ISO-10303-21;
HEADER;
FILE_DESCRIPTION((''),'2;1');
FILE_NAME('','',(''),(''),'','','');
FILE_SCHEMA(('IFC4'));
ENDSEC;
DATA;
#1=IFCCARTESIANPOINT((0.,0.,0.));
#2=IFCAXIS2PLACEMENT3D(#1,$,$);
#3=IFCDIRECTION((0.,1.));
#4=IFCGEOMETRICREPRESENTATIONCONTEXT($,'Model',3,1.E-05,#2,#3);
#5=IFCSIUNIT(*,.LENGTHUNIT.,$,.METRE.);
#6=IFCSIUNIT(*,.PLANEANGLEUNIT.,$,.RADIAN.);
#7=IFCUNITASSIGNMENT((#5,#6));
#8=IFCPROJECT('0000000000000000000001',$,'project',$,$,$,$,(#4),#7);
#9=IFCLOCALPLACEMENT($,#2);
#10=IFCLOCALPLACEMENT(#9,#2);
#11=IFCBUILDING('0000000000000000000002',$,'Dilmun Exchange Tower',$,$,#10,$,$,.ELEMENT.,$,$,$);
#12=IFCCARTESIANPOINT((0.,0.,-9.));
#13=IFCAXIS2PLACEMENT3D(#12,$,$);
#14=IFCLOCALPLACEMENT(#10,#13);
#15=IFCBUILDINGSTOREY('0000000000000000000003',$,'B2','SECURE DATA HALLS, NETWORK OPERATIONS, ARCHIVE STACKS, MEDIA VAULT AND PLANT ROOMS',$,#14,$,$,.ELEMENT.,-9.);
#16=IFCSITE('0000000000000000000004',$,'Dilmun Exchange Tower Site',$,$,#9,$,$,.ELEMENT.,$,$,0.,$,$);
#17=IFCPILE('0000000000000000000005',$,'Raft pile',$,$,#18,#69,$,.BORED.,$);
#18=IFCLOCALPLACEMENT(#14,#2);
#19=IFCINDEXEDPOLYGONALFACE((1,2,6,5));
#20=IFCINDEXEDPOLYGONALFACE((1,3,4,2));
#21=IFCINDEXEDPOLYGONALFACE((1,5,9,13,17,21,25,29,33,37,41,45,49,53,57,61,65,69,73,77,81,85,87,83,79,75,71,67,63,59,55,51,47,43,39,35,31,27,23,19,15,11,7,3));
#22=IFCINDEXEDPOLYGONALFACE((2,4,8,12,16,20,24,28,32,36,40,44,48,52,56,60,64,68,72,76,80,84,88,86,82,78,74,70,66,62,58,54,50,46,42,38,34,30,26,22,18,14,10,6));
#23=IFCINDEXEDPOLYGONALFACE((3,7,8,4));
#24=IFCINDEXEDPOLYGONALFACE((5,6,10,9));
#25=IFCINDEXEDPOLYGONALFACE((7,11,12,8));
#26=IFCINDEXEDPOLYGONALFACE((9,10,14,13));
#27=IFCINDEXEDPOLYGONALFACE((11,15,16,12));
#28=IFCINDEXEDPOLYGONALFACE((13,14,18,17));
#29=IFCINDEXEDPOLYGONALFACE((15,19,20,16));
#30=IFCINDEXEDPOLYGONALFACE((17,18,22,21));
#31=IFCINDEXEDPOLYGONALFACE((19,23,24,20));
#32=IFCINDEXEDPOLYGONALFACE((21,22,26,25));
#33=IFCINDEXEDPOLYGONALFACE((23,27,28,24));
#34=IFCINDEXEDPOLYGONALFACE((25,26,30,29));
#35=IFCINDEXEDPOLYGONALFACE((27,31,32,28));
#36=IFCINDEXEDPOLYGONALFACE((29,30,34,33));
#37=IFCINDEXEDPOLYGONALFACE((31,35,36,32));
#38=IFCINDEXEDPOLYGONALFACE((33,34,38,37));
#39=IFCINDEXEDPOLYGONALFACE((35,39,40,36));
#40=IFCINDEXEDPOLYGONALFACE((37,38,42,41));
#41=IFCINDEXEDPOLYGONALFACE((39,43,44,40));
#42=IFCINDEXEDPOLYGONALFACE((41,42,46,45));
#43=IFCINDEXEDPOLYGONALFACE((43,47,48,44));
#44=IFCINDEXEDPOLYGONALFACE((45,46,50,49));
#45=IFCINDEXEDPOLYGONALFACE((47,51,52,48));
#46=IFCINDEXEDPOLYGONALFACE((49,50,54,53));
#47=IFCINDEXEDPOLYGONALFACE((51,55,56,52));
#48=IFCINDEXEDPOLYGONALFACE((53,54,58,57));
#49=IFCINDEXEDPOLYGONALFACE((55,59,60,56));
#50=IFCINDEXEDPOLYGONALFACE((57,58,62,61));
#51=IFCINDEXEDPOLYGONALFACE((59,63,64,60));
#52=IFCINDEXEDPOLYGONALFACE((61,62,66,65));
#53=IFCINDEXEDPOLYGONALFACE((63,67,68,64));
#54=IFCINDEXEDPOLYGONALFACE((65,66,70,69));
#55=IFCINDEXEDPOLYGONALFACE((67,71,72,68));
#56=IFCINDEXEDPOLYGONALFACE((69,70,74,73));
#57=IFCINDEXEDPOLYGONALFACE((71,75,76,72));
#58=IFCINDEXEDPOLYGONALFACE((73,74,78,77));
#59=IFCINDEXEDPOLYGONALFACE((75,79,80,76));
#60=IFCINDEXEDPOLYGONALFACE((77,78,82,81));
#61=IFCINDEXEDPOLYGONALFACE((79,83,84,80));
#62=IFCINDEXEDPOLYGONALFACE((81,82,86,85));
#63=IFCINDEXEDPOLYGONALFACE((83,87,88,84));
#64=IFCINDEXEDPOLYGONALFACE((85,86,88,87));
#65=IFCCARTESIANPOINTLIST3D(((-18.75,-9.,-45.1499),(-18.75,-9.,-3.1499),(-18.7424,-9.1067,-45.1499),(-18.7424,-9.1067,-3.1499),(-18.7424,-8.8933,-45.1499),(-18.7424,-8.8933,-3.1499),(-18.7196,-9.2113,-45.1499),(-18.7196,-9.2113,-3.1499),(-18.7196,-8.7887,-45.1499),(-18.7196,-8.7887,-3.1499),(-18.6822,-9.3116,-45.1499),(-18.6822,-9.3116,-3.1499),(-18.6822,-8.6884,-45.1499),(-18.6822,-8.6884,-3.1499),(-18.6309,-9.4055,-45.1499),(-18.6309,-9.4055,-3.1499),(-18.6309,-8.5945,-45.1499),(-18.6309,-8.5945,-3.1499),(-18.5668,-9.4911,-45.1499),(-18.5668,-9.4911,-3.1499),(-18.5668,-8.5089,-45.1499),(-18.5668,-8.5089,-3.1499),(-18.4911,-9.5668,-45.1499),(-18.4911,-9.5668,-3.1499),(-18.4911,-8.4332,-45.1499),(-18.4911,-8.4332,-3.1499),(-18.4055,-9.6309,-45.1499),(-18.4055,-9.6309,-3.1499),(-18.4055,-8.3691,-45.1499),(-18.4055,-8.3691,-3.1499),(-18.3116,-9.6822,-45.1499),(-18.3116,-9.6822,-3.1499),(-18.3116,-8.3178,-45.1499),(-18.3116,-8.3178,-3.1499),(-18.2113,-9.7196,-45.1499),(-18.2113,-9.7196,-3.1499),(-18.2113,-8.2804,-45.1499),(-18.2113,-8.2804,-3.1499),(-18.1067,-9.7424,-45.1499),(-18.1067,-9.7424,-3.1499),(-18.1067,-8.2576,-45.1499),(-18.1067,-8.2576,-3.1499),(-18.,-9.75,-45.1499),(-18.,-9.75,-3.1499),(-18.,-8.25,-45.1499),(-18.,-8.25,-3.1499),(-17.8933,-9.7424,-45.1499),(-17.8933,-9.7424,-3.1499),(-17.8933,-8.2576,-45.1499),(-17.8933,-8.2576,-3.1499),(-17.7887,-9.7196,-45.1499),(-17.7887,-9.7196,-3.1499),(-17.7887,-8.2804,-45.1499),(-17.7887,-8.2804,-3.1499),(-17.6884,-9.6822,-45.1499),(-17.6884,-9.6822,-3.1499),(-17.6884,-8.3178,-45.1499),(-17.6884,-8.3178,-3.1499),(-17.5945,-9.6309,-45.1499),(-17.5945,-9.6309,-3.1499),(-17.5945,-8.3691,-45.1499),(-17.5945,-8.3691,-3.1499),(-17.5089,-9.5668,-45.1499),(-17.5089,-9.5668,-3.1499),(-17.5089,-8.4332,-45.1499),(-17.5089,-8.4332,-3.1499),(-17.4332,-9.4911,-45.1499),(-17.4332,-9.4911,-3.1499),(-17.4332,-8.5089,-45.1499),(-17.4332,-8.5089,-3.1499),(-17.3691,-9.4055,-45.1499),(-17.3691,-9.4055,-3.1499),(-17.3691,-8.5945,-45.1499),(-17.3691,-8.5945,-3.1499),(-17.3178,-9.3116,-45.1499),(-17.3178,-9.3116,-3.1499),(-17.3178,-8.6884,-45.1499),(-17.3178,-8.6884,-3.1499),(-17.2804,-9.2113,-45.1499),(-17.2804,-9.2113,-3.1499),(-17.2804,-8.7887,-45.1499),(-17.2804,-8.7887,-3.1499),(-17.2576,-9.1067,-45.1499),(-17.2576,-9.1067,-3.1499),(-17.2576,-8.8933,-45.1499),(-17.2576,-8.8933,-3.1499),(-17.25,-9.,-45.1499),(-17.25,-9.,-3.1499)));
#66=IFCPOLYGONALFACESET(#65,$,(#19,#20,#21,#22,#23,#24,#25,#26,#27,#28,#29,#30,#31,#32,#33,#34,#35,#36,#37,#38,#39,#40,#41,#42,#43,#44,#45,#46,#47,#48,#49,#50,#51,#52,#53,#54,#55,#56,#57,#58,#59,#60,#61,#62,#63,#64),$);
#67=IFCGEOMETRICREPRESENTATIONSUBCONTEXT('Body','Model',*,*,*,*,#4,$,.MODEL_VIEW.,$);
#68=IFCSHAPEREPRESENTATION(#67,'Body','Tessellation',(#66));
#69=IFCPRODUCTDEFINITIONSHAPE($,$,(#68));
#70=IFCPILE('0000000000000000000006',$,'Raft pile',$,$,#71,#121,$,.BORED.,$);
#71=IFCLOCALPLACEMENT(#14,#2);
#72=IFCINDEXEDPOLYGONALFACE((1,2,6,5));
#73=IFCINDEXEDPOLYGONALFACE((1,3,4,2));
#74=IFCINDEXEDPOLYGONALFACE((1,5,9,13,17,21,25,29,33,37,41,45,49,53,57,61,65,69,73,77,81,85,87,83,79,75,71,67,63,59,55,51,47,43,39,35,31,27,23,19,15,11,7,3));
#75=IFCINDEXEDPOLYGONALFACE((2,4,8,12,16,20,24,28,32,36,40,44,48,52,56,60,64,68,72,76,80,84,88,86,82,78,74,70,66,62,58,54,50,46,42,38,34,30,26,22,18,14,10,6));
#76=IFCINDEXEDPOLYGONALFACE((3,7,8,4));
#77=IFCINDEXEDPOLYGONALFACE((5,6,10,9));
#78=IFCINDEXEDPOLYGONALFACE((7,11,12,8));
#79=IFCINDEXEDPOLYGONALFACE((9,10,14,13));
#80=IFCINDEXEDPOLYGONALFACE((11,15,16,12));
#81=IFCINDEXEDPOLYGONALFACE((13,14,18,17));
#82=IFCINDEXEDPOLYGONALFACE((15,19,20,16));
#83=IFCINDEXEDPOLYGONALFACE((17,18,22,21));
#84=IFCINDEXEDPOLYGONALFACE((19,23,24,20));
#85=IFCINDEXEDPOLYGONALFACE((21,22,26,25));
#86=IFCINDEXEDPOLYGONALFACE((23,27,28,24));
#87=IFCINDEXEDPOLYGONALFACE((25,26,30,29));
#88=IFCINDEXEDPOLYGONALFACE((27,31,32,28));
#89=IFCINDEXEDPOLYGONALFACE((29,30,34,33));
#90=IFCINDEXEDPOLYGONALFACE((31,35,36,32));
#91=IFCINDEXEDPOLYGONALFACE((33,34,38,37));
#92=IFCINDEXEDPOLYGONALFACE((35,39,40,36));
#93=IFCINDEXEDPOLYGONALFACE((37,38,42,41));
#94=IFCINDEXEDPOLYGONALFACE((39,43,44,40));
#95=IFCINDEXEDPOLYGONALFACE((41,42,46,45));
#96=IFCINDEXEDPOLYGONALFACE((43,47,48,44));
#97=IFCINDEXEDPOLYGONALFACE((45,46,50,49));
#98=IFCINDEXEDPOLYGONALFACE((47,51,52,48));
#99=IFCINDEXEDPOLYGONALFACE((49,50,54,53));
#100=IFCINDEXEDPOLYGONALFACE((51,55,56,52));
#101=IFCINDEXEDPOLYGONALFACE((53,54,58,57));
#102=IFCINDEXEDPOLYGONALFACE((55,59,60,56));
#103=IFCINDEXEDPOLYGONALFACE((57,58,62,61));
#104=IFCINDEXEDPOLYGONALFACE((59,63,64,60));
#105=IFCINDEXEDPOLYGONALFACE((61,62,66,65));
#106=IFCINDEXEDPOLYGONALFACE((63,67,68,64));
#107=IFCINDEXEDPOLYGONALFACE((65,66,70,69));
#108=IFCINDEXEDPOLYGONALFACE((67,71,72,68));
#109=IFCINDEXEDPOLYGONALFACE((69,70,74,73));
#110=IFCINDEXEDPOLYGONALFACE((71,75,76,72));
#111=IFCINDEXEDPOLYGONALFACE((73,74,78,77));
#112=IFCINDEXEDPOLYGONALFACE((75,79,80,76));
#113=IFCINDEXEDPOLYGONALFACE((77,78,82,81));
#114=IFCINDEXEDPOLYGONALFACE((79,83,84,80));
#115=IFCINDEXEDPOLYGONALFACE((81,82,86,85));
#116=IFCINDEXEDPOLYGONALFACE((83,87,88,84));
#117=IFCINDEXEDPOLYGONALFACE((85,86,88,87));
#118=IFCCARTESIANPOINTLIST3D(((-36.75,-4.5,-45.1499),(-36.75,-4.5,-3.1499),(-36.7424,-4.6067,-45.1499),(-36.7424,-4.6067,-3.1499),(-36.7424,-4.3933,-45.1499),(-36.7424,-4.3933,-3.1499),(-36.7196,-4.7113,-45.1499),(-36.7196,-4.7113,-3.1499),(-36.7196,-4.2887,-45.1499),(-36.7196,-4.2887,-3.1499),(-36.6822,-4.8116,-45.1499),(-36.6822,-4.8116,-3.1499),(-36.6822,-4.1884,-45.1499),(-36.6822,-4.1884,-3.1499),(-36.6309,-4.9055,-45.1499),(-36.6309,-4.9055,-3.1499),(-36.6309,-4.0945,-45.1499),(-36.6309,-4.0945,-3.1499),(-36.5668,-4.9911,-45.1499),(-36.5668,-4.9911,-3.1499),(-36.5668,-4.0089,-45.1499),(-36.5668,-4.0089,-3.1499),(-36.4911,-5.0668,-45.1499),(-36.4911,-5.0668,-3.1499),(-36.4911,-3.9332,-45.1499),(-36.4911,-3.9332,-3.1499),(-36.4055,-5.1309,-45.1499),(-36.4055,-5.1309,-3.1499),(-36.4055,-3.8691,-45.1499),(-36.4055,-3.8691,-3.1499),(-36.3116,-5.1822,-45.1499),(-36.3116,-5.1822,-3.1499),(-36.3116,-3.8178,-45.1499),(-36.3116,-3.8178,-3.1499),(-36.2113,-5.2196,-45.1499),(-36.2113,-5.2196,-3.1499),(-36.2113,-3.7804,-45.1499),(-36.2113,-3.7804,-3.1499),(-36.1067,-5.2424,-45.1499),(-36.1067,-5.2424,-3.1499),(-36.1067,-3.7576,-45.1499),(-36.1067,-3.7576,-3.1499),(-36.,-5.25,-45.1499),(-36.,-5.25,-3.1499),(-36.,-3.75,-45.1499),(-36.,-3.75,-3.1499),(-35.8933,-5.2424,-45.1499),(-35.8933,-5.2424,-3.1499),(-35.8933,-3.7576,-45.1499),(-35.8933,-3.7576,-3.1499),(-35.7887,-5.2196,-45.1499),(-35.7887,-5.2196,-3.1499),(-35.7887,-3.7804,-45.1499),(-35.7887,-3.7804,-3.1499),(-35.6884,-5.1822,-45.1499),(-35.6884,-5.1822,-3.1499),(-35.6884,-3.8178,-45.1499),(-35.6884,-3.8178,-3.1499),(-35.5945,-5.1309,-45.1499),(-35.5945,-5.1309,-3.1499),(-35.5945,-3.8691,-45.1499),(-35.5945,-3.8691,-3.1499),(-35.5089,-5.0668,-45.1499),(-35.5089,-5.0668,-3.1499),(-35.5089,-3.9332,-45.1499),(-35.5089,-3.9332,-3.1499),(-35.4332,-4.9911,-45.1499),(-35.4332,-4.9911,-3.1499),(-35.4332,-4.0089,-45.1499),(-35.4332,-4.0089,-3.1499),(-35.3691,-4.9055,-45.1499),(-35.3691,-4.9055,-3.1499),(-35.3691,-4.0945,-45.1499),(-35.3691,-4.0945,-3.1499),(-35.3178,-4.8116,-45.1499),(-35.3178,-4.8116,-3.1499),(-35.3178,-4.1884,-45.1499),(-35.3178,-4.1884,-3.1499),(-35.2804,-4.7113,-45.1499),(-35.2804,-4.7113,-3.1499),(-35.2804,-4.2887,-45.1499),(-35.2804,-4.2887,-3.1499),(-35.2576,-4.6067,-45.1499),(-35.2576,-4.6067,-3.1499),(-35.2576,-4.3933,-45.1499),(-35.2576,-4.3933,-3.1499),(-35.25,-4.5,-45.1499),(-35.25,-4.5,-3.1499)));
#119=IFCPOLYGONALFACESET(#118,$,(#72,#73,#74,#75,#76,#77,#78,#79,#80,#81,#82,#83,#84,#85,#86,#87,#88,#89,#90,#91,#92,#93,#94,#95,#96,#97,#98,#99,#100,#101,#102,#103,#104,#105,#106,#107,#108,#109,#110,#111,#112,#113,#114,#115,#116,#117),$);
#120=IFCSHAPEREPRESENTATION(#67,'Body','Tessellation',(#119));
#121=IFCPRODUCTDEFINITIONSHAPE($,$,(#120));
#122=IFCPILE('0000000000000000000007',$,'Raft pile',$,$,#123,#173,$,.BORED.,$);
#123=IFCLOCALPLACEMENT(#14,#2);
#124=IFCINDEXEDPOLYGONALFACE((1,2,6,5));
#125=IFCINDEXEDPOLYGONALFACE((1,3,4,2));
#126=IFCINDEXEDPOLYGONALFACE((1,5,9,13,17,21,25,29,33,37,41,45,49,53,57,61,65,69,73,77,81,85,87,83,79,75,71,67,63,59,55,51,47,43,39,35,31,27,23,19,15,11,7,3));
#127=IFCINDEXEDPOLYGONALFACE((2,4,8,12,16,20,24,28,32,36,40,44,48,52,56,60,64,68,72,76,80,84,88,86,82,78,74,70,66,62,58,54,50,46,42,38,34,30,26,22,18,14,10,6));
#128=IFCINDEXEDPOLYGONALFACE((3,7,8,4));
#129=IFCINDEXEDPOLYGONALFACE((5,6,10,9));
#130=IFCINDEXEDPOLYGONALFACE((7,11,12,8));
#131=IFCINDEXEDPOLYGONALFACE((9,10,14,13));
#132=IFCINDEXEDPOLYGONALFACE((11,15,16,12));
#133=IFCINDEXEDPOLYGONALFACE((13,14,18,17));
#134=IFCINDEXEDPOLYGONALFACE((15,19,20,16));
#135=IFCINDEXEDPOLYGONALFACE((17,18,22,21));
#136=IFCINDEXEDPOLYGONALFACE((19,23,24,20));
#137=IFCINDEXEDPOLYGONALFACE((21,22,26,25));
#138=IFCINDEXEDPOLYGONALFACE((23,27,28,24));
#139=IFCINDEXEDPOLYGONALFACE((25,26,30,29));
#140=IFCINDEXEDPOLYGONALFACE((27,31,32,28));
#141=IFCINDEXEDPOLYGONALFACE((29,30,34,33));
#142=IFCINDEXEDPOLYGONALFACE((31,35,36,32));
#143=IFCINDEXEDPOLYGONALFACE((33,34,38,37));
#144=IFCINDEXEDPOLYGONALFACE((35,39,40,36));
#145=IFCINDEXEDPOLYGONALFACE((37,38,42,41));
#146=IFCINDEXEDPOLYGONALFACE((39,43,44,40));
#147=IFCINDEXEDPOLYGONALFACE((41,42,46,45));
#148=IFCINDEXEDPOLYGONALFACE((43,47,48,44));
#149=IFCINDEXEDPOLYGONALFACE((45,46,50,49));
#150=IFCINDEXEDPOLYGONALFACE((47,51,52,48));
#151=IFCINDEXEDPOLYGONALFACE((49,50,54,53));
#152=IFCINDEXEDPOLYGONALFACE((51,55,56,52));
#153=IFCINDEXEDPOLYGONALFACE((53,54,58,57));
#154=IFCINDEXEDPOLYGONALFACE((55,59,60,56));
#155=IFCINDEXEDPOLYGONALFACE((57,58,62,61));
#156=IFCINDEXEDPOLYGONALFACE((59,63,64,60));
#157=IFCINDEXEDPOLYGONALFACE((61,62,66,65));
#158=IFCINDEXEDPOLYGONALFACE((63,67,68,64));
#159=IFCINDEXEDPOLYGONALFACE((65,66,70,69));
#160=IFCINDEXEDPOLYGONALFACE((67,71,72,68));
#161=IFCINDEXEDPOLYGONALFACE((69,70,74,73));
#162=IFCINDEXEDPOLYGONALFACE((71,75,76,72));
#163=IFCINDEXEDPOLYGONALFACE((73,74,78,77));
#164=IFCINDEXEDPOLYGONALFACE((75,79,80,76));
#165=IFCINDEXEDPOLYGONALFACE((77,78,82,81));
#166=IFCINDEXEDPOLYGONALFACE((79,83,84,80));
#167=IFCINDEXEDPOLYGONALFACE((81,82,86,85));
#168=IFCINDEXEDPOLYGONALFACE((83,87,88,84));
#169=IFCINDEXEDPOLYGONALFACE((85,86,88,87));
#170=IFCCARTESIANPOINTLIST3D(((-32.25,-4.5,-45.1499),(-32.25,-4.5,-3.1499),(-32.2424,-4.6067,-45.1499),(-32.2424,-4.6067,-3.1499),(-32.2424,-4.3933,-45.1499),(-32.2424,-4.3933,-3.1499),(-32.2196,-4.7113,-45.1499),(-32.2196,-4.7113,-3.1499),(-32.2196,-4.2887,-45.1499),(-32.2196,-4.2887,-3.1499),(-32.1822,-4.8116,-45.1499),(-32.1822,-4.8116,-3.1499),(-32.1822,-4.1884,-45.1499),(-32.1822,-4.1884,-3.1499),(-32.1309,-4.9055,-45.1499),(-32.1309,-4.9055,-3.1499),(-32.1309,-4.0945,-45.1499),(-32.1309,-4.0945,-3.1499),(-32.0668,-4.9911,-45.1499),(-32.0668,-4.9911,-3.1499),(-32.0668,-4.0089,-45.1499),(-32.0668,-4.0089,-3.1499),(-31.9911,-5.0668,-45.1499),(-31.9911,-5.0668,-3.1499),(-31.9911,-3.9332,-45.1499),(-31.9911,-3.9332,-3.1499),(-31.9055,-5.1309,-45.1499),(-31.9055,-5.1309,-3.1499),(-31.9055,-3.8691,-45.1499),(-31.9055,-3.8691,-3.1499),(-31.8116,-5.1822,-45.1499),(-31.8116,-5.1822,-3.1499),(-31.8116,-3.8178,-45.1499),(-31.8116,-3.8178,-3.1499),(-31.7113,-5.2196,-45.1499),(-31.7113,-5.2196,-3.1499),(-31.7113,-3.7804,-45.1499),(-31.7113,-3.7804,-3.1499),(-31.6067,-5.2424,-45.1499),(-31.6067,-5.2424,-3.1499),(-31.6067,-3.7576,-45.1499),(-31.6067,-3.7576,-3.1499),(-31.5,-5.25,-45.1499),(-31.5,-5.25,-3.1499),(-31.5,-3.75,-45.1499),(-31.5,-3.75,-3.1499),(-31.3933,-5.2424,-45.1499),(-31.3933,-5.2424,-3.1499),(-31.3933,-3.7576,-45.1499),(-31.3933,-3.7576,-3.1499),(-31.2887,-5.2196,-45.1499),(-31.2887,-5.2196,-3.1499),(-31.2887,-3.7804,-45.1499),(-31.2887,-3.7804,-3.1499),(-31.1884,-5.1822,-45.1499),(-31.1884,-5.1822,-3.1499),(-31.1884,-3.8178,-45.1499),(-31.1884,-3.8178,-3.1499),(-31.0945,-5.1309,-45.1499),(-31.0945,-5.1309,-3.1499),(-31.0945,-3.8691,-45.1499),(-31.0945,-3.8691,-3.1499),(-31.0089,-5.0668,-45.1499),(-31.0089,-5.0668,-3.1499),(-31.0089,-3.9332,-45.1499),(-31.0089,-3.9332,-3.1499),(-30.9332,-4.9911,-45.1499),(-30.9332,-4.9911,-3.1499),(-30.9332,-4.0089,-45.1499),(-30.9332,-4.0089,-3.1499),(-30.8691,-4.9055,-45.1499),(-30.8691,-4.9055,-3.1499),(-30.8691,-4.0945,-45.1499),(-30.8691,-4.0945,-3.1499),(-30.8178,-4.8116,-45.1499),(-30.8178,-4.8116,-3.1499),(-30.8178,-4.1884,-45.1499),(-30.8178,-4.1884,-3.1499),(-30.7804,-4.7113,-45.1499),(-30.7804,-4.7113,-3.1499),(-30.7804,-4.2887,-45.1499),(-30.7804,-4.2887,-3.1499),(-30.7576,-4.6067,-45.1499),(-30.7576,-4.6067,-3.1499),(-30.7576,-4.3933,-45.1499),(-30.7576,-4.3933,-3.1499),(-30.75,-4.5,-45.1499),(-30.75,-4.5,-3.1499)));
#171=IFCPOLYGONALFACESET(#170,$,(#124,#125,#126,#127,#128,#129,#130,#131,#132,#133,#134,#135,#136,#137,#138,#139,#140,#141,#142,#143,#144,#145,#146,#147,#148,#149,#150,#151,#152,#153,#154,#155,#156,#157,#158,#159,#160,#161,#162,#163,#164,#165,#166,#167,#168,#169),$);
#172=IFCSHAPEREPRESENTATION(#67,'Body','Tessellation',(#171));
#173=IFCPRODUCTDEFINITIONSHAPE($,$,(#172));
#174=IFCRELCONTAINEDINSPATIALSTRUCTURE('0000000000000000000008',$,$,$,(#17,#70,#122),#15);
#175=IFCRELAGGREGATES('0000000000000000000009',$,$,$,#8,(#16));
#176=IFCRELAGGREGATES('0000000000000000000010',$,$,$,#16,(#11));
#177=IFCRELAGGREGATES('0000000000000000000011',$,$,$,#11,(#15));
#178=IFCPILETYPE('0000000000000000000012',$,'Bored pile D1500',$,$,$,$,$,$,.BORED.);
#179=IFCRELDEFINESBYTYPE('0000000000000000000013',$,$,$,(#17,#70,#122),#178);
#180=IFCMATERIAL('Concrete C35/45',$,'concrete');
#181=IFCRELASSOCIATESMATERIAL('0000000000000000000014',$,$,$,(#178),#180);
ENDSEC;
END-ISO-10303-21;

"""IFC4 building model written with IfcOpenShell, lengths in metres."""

from ifc_helpers import new_model, si_unit, direction, frame, origin, origin_2d, place, context, subcontext, project, spatial, circle, extrude, material, material_profile, profile_set, type_object, element, save


model = new_model("IFC4")

# Units and contexts
model_context = context("Model", 3, precision=1e-05, world=origin(), true_north=direction((0.0, 1.0)))
body_context = subcontext(model_context, "Body", "Model", "MODEL_VIEW")
ifc_project = project(units=[si_unit("LENGTHUNIT", "METRE"), si_unit("PLANEANGLEUNIT", "RADIAN")], contexts=[model_context])

# Site, building, storey
site_placement = place(None, origin())
site = spatial("IfcSite", under=ifc_project, at=site_placement, Name="Dilmun Exchange Tower Site", CompositionType="ELEMENT", RefElevation=0.0)
building_placement = place(site_placement, origin())
building = spatial("IfcBuilding", under=site, at=building_placement, Name="Dilmun Exchange Tower", CompositionType="ELEMENT")
storey_placement = place(building_placement, frame((0.0, 0.0, -9.0)))
storey = spatial("IfcBuildingStorey", under=building, at=storey_placement, Name="B2", Description="SECURE DATA HALLS, NETWORK OPERATIONS, ARCHIVE STACKS, MEDIA VAULT AND PLANT ROOMS", CompositionType="ELEMENT", Elevation=-9.0)

# Piles
ifc_material_1 = material(Name="Concrete C35/45", Category="concrete")
ifc_material_profile_1 = material_profile(ifc_material_1, circle(Radius=0.75, at=origin_2d()), Name="D1500")
ifc_profile_set_1 = profile_set([ifc_material_profile_1], Name="Concrete C35/45")
pile_type = type_object("IfcPileType", Name="Bored pile D1500", PredefinedType="BORED", material=ifc_profile_set_1)
for number, where, z_axis, x_axis, name in (
    (1, (-18.0, -9.0, -3.1499), (0.0, 0.0, -1.0), (1.0, 0.0, 0.0), "Raft pile"),
    (2, (-36.0, -4.5, -3.1499), (0.0, 0.0, -1.0), (1.0, 0.0, 0.0), "Raft pile"),
    (3, (-31.5, -4.5, -3.1499), (0.0, 0.0, -1.0), (1.0, 0.0, 0.0), "Raft pile"),
):
    element("IfcPile", number, at=place(storey_placement, frame(where, z_axis=z_axis, x_axis=x_axis)), inside=storey, type_object=pile_type, Name=name, PredefinedType="BORED", context=body_context, shape_type="SweptSolid", body=[
        extrude(circle(Radius=0.75, at=origin_2d()), origin(), (0.0, 0.0, 1.0), 42.0),
    ])

save(model, "model.ifc")
